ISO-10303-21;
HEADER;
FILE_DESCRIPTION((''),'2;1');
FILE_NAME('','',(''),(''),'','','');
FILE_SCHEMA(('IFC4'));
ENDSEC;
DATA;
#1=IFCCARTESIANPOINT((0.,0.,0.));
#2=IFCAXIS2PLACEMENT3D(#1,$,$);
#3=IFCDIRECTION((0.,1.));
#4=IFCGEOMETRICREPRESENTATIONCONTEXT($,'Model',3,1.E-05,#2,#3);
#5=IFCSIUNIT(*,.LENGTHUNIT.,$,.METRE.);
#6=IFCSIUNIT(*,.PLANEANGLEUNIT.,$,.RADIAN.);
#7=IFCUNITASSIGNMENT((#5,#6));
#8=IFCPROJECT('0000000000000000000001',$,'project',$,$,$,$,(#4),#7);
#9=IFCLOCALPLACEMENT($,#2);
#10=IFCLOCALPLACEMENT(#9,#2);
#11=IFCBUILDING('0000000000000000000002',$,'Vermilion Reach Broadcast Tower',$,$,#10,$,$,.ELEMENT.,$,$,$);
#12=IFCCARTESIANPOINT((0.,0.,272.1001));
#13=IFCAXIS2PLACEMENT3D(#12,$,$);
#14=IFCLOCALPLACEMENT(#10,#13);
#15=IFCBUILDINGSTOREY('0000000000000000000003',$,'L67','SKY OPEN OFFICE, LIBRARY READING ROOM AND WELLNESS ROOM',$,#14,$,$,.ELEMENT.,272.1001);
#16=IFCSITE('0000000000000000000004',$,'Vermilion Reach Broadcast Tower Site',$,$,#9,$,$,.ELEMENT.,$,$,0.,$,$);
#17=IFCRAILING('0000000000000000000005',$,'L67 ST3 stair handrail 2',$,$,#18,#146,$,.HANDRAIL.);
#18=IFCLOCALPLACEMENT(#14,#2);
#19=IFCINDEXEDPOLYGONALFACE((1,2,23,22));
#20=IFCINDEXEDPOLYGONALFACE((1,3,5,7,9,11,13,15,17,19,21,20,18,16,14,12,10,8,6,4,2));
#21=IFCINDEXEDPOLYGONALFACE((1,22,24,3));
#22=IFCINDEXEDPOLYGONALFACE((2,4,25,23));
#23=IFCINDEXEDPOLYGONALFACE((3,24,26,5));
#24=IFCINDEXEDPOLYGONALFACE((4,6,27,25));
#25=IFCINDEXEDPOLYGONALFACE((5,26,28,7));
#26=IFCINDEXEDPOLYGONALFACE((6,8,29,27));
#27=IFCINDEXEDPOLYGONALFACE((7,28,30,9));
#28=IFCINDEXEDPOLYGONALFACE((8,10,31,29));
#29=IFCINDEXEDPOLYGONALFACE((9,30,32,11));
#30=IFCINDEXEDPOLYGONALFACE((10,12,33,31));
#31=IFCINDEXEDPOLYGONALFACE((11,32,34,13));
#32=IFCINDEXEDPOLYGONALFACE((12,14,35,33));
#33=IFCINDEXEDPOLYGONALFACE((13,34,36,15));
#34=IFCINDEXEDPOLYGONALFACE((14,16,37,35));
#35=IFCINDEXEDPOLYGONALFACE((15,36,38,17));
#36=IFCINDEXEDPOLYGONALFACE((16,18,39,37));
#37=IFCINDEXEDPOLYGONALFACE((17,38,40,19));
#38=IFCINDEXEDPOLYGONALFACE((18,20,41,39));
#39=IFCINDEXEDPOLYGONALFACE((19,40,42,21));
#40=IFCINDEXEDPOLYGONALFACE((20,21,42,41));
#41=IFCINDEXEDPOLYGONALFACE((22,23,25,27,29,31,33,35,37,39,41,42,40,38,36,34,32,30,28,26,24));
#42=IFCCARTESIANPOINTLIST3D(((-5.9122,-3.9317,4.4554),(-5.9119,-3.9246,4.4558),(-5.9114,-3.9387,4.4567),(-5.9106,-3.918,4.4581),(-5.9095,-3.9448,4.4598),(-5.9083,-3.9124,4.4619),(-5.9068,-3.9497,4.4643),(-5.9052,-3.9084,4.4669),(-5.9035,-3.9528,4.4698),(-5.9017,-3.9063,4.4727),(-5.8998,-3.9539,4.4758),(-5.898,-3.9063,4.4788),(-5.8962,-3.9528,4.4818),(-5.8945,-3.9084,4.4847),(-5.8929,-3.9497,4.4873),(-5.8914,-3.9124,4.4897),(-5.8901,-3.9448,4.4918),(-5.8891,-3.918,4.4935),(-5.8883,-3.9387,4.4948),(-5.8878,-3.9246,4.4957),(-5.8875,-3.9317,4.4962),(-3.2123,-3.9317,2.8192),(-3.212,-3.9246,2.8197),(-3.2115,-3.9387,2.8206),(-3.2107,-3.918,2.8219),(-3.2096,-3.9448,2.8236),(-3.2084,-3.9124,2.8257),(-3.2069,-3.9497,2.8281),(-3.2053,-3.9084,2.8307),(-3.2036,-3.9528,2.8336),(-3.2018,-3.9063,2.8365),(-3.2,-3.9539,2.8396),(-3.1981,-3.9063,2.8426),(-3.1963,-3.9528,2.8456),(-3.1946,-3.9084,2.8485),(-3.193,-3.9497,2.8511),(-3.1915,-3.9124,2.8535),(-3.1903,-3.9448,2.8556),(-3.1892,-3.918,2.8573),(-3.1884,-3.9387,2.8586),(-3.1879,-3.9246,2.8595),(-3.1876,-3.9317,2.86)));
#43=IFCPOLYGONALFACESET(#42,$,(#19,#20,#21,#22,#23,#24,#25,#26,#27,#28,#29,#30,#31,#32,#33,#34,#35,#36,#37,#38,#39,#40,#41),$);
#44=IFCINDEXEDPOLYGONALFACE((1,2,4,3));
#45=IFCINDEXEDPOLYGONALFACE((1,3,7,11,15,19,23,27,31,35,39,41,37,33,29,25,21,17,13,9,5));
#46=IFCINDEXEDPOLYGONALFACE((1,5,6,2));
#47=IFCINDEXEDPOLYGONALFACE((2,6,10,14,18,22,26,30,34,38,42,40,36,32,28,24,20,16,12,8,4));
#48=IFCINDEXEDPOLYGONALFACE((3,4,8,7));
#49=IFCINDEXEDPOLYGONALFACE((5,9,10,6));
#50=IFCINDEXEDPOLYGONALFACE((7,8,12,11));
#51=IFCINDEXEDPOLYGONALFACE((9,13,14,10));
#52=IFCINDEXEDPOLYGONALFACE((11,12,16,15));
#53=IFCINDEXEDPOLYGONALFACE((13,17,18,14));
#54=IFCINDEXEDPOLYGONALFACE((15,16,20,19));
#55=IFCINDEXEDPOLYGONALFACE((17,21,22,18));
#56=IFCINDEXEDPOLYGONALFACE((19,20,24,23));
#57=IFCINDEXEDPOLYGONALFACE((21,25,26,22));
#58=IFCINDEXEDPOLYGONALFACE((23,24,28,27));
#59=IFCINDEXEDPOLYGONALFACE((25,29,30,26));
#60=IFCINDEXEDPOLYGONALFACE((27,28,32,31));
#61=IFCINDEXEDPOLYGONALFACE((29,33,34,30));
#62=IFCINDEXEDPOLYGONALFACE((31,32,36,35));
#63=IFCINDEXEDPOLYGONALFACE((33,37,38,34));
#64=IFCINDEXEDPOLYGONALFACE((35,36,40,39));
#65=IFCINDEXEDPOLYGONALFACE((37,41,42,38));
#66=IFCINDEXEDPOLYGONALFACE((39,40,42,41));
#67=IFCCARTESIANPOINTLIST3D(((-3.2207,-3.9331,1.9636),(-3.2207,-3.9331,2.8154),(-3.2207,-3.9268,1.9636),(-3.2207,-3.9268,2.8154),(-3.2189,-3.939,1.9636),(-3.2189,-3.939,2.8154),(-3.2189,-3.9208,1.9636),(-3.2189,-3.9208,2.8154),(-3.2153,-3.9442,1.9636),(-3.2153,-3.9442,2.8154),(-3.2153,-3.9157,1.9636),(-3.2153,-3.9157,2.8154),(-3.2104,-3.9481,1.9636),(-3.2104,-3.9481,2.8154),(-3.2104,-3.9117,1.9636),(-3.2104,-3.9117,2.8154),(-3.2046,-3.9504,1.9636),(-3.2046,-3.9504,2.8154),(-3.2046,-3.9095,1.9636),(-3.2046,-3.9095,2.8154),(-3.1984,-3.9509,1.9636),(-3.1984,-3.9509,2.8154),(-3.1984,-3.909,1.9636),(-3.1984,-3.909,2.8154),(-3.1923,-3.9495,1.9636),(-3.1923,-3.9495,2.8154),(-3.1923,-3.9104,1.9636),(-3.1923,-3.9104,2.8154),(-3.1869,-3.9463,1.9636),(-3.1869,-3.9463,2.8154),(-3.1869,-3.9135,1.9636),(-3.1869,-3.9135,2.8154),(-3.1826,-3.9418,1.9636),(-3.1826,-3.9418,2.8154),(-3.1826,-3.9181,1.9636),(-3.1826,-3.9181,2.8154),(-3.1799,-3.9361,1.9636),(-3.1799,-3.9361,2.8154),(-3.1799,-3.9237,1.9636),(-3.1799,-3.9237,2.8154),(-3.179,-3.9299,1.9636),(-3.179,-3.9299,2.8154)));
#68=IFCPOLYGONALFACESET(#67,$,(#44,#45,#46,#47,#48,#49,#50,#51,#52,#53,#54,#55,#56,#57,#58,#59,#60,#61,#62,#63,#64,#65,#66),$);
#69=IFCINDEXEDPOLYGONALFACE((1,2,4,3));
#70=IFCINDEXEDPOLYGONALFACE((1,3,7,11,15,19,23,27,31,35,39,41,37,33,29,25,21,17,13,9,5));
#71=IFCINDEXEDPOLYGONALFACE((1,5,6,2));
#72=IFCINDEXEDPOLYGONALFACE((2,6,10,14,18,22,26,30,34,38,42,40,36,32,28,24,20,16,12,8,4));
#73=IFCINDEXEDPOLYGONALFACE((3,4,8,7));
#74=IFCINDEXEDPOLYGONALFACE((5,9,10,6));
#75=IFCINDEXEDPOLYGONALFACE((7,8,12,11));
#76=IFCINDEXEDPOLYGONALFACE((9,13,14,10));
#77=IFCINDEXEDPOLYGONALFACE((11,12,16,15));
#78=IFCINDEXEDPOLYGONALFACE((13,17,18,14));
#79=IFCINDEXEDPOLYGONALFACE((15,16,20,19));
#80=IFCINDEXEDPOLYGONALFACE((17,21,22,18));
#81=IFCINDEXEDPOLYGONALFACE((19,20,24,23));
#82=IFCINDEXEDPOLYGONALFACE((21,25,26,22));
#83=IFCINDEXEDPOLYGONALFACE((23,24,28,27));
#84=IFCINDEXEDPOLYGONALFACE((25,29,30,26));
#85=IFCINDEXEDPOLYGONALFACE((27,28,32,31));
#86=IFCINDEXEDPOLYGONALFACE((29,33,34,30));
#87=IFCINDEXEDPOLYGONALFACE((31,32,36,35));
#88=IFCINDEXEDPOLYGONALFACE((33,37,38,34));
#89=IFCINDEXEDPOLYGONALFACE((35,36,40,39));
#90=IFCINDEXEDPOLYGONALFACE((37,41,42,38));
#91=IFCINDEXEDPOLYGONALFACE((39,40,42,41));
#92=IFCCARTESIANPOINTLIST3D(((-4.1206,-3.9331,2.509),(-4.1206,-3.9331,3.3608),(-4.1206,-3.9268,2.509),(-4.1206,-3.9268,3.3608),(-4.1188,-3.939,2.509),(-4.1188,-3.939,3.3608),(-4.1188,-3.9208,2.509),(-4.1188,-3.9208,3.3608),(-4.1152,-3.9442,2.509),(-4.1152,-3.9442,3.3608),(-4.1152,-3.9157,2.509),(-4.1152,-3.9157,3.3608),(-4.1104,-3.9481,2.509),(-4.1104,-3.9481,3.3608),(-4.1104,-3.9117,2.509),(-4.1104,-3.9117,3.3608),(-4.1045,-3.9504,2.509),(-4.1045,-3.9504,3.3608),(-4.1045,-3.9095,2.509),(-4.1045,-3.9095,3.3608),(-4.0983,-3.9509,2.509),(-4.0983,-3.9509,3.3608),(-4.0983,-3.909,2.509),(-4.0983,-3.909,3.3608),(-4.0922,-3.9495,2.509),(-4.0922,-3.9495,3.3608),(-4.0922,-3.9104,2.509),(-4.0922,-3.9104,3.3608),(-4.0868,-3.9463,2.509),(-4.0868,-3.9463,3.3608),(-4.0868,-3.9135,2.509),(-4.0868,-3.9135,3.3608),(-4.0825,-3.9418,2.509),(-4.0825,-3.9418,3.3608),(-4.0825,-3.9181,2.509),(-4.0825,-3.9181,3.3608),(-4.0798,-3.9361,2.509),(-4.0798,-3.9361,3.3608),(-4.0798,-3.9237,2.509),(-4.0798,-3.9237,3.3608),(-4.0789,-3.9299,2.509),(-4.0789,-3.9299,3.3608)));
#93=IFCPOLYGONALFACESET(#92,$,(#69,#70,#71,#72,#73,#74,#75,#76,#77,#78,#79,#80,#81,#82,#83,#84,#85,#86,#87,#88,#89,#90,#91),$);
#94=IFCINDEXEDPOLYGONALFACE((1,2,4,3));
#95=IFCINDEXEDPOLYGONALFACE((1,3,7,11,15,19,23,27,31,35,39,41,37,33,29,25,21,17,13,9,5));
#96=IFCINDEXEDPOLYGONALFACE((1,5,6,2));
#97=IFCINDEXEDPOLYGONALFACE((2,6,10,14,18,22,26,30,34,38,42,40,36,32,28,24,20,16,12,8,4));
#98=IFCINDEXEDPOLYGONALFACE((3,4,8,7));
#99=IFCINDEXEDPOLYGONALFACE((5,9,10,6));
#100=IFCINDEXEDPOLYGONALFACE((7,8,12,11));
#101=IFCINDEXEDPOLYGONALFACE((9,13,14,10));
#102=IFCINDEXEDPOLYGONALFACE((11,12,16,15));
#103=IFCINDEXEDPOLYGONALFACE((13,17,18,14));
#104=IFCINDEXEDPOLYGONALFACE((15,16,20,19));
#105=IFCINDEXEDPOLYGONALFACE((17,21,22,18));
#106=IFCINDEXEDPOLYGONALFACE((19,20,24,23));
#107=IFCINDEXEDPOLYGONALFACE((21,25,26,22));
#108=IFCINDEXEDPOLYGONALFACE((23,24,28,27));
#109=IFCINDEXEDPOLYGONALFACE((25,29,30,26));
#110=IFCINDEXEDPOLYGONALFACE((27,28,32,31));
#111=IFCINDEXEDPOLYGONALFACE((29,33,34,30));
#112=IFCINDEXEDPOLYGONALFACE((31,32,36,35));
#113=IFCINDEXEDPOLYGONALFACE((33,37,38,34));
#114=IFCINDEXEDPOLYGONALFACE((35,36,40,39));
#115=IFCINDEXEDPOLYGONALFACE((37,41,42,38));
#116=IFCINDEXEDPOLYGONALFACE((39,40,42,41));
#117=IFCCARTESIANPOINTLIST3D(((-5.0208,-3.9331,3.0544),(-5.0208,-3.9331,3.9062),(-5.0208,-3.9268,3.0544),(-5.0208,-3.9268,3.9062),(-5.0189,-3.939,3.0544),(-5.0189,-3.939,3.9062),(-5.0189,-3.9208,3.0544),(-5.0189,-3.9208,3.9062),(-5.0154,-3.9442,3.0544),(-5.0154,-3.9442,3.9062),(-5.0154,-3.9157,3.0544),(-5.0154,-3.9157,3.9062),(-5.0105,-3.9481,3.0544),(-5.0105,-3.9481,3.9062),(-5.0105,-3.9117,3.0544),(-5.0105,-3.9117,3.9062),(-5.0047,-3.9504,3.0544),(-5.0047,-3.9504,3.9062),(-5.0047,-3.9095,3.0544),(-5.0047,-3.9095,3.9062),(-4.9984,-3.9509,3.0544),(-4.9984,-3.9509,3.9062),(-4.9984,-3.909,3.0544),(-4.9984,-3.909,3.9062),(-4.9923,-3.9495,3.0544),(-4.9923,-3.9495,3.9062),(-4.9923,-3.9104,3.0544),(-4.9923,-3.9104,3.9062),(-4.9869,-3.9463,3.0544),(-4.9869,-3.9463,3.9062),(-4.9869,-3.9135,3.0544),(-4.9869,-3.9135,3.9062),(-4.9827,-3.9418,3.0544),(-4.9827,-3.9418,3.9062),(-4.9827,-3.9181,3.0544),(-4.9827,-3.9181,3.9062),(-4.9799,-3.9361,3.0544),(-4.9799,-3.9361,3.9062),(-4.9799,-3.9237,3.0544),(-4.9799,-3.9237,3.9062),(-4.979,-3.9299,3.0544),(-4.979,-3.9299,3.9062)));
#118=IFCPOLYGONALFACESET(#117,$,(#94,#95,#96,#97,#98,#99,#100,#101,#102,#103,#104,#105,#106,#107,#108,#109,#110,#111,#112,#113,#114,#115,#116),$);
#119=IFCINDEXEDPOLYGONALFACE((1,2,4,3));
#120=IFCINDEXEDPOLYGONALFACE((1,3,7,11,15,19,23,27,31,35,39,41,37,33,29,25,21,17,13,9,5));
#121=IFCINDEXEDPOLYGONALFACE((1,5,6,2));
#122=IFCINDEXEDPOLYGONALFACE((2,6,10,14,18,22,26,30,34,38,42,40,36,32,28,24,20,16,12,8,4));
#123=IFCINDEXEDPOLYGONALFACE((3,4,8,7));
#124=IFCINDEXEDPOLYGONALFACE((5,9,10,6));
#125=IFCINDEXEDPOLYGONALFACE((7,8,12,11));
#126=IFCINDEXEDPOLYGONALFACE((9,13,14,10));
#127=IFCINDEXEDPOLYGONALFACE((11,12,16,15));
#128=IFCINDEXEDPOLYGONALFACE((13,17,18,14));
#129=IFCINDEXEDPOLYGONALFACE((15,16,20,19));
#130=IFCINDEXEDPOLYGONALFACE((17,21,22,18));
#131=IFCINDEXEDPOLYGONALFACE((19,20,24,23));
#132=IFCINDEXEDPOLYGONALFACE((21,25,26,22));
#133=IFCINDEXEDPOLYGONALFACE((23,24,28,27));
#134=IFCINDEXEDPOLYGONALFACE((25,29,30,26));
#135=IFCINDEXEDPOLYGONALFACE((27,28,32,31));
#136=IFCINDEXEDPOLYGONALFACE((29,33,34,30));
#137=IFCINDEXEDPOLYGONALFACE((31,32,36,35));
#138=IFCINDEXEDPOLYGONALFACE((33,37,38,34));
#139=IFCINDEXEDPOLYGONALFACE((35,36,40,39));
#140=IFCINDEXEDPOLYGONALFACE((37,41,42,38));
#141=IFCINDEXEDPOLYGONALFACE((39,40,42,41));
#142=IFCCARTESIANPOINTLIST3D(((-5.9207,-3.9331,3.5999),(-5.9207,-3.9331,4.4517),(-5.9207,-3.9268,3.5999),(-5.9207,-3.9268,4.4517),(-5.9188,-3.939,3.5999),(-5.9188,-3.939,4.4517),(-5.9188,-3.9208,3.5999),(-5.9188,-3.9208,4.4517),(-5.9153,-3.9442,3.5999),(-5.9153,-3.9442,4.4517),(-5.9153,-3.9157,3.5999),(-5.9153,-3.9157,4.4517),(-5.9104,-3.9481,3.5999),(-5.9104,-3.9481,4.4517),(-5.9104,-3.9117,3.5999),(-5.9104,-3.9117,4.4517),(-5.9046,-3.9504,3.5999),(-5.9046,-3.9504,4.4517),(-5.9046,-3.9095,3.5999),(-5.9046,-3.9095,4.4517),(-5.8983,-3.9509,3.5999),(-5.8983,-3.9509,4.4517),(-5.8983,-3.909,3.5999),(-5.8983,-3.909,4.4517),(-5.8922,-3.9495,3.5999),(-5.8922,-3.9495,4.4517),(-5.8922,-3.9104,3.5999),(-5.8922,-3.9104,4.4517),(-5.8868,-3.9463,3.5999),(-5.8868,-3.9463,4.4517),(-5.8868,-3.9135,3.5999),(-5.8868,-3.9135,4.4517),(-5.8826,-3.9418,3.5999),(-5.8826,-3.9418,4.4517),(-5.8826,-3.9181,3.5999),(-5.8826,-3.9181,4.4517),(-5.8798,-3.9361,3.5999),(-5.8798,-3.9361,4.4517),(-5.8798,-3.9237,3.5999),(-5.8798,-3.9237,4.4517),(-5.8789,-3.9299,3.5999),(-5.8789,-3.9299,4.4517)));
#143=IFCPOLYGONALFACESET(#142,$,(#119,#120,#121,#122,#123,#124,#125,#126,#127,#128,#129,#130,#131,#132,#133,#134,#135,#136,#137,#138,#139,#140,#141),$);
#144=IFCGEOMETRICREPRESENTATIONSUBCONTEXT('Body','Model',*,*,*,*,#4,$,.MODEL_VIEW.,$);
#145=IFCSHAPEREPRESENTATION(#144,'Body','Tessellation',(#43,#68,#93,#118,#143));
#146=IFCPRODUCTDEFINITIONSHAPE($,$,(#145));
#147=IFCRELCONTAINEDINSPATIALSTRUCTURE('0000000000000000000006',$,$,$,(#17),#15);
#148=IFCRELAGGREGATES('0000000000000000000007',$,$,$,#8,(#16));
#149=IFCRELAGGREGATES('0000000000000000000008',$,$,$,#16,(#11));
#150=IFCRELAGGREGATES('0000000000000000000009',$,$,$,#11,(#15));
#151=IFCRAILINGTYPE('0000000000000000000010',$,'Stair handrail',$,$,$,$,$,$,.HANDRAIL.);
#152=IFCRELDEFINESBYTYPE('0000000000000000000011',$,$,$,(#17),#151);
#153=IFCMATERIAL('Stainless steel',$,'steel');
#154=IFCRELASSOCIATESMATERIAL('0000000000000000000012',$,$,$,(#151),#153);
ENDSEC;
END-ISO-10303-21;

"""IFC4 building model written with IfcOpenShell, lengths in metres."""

from ifc_helpers import new_model, si_unit, direction, frame, origin, origin_2d, place, context, subcontext, project, spatial, circle, extrude, material, type_object, element, save


model = new_model("IFC4")

# Units and contexts
model_context = context("Model", 3, precision=1e-05, world=origin(), true_north=direction((0.0, 1.0)))
body_context = subcontext(model_context, "Body", "Model", "MODEL_VIEW")
ifc_project = project(units=[si_unit("LENGTHUNIT", "METRE"), si_unit("PLANEANGLEUNIT", "RADIAN")], contexts=[model_context])

# Site, building, storey
site_placement = place(None, origin())
site = spatial("IfcSite", under=ifc_project, at=site_placement, Name="Vermilion Reach Broadcast Tower Site", CompositionType="ELEMENT", RefElevation=0.0)
building_placement = place(site_placement, origin())
building = spatial("IfcBuilding", under=site, at=building_placement, Name="Vermilion Reach Broadcast Tower", CompositionType="ELEMENT")
storey_placement = place(building_placement, frame((0.0, 0.0, 272.1001)))
storey = spatial("IfcBuildingStorey", under=building, at=storey_placement, Name="L67", Description="SKY OPEN OFFICE, LIBRARY READING ROOM AND WELLNESS ROOM", CompositionType="ELEMENT", Elevation=272.1001)

# Railing
ifc_material_1 = material(Name="Stainless steel", Category="steel")
railing_type_1 = type_object("IfcRailingType", Name="Stair handrail", PredefinedType="HANDRAIL", material=ifc_material_1)
railing_1_placement = place(storey_placement, frame((-3.2, -3.9299, 1.9636)))
element("IfcRailing", 1, at=railing_1_placement, inside=storey, type_object=railing_type_1, Name="L67 ST3 stair handrail 2", PredefinedType="HANDRAIL", context=body_context, shape_type="SweptSolid", body=[
    extrude(circle(Radius=0.0239, at=origin_2d()), frame((0.0, 0.0, 0.876), z_axis=(-0.855212, 0.0, 0.518278), x_axis=(0.0, -1.0, 0.0)), (0.0, 0.0, 1.0), 3.157),
    extrude(circle(Radius=0.021, at=origin_2d()), origin(), (0.0, 0.0, 1.0), 0.8518),
    extrude(circle(Radius=0.021, at=origin_2d()), frame((-0.8999, 0.0, 0.5454)), (0.0, 0.0, 1.0), 0.8518),
    extrude(circle(Radius=0.021, at=origin_2d()), frame((-1.8, 0.0, 1.0908)), (0.0, 0.0, 1.0), 0.8518),
    extrude(circle(Radius=0.021, at=origin_2d()), frame((-2.7, 0.0, 1.6362)), (0.0, 0.0, 1.0), 0.8518),
])

save(model, "model.ifc")
